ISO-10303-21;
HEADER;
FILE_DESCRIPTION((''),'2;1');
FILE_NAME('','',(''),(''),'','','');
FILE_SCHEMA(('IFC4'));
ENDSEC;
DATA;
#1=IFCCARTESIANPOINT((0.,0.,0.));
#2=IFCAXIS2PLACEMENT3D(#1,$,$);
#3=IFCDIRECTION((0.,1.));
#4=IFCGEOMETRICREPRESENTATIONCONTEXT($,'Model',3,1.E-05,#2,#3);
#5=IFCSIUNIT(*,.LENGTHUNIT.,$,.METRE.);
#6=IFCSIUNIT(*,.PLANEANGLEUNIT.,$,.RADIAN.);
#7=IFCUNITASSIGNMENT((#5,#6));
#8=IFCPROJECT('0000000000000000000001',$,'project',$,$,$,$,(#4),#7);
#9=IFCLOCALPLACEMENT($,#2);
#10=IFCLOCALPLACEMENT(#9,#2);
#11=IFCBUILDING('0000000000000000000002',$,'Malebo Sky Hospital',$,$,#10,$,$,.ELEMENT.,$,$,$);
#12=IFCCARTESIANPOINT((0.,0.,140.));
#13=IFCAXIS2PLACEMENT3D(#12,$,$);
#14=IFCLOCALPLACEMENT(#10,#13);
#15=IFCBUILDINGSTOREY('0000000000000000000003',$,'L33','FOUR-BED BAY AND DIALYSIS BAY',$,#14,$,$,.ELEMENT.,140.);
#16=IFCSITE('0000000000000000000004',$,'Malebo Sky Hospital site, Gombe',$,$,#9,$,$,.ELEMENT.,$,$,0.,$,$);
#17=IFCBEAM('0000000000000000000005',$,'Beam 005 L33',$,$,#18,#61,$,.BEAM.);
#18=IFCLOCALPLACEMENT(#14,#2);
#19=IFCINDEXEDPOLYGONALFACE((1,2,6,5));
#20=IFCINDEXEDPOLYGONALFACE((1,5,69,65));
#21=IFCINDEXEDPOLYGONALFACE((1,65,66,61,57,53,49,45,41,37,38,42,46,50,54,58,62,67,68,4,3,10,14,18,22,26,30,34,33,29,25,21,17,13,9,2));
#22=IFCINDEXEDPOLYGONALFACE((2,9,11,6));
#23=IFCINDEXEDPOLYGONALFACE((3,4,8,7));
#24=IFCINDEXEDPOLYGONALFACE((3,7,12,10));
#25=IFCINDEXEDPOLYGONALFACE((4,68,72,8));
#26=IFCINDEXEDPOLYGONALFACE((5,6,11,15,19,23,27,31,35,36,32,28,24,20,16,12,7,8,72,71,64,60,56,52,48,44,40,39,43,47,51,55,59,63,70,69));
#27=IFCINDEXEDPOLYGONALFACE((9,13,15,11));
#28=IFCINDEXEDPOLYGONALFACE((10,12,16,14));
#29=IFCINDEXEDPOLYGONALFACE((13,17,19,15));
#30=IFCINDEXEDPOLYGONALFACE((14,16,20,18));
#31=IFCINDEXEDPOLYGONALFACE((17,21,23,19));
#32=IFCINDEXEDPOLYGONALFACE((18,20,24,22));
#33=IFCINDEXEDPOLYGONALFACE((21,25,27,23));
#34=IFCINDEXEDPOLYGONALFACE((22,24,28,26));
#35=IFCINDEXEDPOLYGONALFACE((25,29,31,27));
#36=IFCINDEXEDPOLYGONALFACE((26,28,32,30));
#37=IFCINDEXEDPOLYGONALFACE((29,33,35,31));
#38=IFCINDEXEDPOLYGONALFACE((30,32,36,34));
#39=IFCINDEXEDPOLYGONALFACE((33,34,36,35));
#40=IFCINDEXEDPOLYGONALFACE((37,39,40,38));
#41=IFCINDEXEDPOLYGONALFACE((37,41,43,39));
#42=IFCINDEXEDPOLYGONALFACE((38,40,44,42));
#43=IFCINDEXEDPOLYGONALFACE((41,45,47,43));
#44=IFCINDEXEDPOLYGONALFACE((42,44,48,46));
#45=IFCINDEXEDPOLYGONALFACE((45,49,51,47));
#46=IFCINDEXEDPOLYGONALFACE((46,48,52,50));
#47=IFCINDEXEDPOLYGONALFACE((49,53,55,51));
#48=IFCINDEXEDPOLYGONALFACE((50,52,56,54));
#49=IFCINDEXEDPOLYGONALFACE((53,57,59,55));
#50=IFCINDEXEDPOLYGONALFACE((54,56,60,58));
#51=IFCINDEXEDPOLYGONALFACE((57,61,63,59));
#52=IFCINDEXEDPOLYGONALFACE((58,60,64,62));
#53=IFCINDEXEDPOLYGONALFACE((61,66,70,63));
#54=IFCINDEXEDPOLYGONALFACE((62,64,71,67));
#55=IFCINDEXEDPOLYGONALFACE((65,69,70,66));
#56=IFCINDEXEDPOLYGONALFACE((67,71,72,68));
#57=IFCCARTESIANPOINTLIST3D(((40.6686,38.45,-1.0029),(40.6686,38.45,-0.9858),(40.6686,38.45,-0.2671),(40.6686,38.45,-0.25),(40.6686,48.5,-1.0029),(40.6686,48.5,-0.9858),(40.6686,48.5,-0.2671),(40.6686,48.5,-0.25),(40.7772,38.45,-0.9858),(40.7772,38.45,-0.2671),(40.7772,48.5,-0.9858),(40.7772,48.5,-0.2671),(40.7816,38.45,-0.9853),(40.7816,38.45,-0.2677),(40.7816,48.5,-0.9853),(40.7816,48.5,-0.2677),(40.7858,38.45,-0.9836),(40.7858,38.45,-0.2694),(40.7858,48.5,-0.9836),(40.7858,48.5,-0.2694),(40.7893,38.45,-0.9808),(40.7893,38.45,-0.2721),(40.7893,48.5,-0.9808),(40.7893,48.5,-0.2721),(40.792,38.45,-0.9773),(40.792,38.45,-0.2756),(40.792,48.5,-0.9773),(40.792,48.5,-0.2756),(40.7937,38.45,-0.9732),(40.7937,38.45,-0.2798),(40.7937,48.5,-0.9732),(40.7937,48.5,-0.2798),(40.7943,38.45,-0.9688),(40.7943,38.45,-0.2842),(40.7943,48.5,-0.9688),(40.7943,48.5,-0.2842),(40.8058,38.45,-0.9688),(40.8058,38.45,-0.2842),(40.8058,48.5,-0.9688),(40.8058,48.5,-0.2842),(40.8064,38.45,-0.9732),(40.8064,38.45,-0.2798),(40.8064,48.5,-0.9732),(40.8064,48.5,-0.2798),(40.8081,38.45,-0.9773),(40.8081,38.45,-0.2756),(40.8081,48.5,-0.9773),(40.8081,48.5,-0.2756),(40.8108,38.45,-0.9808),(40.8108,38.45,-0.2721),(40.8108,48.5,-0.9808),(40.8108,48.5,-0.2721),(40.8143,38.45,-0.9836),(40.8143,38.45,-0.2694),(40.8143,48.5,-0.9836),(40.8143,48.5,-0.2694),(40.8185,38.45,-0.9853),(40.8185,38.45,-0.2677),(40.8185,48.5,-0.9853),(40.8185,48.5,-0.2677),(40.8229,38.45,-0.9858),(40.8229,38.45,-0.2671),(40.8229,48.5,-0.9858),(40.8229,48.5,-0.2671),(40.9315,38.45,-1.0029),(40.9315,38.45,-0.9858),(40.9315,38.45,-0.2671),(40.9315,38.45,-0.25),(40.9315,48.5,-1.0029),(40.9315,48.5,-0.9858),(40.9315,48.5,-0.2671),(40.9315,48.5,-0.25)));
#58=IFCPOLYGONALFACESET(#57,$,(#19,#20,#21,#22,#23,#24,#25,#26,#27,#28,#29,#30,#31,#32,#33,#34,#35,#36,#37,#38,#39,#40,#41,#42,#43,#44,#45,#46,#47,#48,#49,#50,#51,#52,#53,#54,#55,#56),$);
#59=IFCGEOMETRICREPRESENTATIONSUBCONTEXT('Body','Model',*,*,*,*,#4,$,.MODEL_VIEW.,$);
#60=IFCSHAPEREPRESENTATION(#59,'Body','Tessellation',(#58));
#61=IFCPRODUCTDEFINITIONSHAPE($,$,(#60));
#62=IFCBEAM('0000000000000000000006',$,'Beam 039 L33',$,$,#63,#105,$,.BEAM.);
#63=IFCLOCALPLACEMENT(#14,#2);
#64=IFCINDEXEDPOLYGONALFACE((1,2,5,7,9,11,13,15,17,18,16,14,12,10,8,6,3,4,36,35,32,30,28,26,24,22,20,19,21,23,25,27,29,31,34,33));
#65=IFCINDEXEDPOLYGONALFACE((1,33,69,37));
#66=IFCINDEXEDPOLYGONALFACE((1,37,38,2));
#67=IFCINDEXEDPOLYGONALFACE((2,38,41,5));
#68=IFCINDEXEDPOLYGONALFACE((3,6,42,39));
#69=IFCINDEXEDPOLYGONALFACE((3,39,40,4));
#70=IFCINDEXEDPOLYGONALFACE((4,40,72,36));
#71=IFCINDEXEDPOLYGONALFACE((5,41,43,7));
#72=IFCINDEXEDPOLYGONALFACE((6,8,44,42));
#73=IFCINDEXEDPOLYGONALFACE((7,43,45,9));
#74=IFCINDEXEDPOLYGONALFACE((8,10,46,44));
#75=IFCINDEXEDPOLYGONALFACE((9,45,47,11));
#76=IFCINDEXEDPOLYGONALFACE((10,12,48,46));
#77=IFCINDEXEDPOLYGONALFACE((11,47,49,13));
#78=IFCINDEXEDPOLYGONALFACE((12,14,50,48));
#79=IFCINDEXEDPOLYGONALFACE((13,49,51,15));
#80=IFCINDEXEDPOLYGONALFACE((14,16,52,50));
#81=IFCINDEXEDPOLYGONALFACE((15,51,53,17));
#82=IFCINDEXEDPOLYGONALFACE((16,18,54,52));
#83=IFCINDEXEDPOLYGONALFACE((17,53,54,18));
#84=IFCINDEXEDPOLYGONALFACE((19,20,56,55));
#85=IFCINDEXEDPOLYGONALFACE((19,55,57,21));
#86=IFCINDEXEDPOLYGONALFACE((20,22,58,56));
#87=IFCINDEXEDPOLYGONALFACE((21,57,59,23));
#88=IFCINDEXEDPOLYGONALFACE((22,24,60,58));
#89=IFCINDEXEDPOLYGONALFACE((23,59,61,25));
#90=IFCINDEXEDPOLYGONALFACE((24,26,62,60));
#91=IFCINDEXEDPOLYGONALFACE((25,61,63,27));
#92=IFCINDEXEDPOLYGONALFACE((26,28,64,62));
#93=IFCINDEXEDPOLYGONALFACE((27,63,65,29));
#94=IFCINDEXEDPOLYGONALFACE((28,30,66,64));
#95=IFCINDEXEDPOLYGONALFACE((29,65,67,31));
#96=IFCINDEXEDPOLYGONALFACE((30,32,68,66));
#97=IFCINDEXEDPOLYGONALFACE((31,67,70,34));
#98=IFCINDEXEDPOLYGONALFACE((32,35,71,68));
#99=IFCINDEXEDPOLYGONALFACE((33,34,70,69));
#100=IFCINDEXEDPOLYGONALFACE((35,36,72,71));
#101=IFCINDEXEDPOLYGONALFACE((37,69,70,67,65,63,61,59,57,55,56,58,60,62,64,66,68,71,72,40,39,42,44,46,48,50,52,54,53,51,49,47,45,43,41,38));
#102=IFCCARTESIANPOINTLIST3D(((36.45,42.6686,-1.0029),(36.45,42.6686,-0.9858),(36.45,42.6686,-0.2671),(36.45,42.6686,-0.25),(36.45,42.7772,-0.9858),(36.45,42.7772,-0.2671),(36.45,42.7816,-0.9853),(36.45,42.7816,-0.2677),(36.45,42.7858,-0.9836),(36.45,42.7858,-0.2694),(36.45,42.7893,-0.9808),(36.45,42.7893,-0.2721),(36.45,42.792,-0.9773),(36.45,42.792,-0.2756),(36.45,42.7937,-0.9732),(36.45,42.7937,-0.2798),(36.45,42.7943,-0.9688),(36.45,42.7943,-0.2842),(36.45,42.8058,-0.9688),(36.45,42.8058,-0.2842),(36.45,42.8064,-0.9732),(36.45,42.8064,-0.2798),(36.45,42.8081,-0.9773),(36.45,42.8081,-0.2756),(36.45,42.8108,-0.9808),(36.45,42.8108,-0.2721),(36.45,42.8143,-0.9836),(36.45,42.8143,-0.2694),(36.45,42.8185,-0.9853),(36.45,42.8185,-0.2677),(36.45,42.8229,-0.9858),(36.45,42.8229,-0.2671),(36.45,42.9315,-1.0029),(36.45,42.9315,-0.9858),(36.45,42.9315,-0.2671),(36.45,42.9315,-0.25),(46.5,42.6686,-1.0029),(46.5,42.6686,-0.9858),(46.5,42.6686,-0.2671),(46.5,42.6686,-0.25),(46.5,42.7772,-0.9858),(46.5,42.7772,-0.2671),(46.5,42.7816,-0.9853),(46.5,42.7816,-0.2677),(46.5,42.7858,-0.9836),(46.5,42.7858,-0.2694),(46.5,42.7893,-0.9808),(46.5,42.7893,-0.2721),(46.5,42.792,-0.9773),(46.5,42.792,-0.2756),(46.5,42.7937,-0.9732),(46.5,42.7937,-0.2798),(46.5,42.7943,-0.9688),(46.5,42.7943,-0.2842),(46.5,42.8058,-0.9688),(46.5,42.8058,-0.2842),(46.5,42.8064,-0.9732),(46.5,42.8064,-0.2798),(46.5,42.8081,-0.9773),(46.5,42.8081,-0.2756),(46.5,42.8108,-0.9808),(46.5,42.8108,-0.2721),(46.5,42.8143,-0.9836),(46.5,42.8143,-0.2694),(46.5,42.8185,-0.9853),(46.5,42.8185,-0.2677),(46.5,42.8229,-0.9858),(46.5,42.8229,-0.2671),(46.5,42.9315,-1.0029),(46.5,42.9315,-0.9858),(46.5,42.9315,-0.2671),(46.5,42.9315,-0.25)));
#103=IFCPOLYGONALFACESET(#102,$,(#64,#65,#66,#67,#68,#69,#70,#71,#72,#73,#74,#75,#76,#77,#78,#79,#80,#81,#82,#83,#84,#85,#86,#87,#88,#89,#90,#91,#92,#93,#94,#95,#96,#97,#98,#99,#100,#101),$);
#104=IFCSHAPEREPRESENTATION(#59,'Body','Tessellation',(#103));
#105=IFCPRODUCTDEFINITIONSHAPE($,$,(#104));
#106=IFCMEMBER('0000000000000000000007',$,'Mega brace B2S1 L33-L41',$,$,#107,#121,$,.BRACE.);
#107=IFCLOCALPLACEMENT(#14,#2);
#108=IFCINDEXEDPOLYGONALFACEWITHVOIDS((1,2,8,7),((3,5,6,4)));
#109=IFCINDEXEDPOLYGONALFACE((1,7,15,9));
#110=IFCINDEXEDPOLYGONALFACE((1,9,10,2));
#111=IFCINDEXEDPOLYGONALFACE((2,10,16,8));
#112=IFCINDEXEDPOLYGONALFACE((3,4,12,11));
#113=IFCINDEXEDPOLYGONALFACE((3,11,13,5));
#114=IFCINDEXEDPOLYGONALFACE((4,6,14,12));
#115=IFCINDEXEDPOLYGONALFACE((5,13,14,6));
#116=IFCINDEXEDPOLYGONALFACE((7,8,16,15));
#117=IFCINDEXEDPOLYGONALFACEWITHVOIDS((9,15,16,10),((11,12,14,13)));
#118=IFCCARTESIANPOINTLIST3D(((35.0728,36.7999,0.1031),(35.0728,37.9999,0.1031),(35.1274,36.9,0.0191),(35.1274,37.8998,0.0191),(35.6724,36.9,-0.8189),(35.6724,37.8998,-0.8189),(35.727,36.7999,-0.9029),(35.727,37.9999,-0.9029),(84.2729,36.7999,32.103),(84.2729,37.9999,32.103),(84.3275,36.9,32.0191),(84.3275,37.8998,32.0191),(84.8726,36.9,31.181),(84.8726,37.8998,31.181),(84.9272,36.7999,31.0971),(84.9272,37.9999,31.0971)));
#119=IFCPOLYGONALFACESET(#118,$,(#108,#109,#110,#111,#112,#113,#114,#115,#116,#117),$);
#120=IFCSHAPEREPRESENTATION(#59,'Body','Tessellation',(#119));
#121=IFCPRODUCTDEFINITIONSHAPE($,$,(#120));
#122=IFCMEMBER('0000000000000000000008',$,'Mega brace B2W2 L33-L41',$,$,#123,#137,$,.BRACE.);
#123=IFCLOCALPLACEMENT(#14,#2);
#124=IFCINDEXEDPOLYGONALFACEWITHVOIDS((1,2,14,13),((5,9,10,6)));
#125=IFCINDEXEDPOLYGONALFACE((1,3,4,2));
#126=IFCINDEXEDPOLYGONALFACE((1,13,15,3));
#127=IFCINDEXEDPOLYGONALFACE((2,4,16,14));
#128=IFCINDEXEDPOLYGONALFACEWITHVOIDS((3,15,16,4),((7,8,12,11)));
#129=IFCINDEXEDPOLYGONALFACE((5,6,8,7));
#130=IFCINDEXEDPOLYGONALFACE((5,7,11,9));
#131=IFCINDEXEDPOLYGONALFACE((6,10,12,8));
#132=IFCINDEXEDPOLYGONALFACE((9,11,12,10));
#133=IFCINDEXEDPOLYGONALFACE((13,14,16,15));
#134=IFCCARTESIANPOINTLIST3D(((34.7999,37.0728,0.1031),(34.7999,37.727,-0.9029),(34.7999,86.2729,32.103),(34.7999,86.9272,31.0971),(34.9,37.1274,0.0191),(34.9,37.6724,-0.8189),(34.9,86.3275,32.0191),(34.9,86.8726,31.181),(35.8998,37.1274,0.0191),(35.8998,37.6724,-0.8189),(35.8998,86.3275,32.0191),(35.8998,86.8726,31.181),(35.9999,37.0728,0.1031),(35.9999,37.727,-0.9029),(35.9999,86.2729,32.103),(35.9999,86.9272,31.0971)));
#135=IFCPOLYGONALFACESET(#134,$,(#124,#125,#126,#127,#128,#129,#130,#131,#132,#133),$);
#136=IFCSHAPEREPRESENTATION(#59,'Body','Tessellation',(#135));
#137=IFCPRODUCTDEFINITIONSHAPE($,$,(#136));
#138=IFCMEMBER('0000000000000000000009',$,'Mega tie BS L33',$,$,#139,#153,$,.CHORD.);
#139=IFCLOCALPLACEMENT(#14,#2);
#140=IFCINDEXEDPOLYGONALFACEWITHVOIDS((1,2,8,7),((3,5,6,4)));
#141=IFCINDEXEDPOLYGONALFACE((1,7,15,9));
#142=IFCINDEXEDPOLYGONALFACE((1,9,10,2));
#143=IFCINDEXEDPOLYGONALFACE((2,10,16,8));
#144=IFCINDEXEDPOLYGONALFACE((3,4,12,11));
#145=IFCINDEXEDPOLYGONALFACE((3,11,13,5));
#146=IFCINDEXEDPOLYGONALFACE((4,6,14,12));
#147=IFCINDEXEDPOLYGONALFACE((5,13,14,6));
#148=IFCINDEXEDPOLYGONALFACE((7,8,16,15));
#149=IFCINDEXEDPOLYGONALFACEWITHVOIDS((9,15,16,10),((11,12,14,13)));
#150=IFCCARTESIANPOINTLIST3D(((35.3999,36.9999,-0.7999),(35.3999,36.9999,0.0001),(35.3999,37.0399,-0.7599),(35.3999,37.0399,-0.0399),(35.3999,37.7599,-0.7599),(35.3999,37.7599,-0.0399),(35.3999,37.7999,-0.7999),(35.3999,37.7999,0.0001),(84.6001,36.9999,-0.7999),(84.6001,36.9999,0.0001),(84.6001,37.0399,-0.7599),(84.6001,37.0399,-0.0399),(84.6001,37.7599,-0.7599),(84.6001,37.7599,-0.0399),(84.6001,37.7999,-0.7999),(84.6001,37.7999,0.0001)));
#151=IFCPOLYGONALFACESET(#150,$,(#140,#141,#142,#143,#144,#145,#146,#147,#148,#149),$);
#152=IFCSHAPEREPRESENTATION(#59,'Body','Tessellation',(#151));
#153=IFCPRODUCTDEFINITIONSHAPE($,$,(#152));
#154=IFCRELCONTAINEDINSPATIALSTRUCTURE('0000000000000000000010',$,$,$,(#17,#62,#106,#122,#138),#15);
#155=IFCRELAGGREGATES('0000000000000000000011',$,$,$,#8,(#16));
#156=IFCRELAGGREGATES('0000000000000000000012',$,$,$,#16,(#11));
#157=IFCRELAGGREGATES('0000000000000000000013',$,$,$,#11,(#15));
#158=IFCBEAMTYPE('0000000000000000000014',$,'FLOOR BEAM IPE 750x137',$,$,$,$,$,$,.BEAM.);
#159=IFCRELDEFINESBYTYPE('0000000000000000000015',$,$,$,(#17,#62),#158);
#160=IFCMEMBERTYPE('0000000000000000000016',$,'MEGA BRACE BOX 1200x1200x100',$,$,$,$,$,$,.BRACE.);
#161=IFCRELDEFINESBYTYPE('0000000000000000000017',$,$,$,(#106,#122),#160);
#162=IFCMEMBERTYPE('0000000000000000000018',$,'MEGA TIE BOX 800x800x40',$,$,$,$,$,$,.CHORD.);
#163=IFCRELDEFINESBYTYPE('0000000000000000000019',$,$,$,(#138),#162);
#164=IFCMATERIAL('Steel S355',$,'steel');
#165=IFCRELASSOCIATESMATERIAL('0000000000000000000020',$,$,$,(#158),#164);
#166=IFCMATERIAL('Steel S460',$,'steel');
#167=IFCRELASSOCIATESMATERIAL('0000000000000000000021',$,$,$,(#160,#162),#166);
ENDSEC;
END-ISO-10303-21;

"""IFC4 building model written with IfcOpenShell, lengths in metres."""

from ifc_helpers import new_model, si_unit, direction, frame, origin, origin_2d, place, context, subcontext, project, spatial, hollow_rectangle, i_section, extrude, material, material_profile, profile_set, type_object, element, save


model = new_model("IFC4")

# Units and contexts
model_context = context("Model", 3, precision=1e-05, world=origin(), true_north=direction((0.0, 1.0)))
body_context = subcontext(model_context, "Body", "Model", "MODEL_VIEW")
ifc_project = project(units=[si_unit("LENGTHUNIT", "METRE"), si_unit("PLANEANGLEUNIT", "RADIAN")], contexts=[model_context])

# Site, building, storey
site_placement = place(None, origin())
site = spatial("IfcSite", under=ifc_project, at=site_placement, Name="Malebo Sky Hospital site, Gombe", CompositionType="ELEMENT", RefElevation=0.0)
building_placement = place(site_placement, origin())
building = spatial("IfcBuilding", under=site, at=building_placement, Name="Malebo Sky Hospital", CompositionType="ELEMENT")
storey_placement = place(building_placement, frame((0.0, 0.0, 140.0)))
storey = spatial("IfcBuildingStorey", under=building, at=storey_placement, Name="L33", Description="FOUR-BED BAY AND DIALYSIS BAY", CompositionType="ELEMENT", Elevation=140.0)

# Shared definitions
ifc_material_1 = material(Name="Steel S460", Category="steel")

# Beams
ifc_material_2 = material(Name="Steel S355", Category="steel")
ifc_material_profile_1 = material_profile(ifc_material_2, i_section(OverallWidth=0.2629, OverallDepth=0.7529, WebThickness=0.0115, FlangeThickness=0.0171, FilletRadius=0.0171, at=origin_2d()), Name="IPE 750x137")
ifc_profile_set_1 = profile_set([ifc_material_profile_1], Name="Steel S355")
beam_type_1 = type_object("IfcBeamType", Name="FLOOR BEAM IPE 750x137", PredefinedType="BEAM", material=ifc_profile_set_1)
for number, where, z_axis, x_axis, name in (
    (1, (40.8, 38.45, -0.6265), (0.0, 1.0, 0.0), (-1.0, 0.0, 0.0), "Beam 005 L33"),
    (2, (36.45, 42.8, -0.6265), (1.0, 0.0, 0.0), (0.0, 1.0, 0.0), "Beam 039 L33"),
):
    element("IfcBeam", number, at=place(storey_placement, frame(where, z_axis=z_axis, x_axis=x_axis)), inside=storey, type_object=beam_type_1, Name=name, PredefinedType="BEAM", context=body_context, shape_type="SweptSolid", body=[
        extrude(i_section(OverallWidth=0.2629, OverallDepth=0.7529, WebThickness=0.0115, FlangeThickness=0.0171, FilletRadius=0.0171, at=origin_2d()), origin(), (0.0, 0.0, 1.0), 10.05),
    ])

# Members
ifc_material_profile_2 = material_profile(ifc_material_1, hollow_rectangle(XDim=1.2, YDim=1.2, WallThickness=0.1001, at=origin_2d()), Name="BOX 1200x1200x100")
ifc_profile_set_2 = profile_set([ifc_material_profile_2], Name="Steel S460")
member_type_1 = type_object("IfcMemberType", Name="MEGA BRACE BOX 1200x1200x100", PredefinedType="BRACE", material=ifc_profile_set_2)
for number, where, z_axis, x_axis, name in (
    (3, (35.3999, 37.3999, -0.3999), (0.838289, 0.0, 0.545226), (0.0, 1.0, 0.0), "Mega brace B2S1 L33-L41"),
    (4, (35.3999, 37.3999, -0.3999), (0.0, 0.838289, 0.545226), (-1.0, 0.0, 0.0), "Mega brace B2W2 L33-L41"),
):
    element("IfcMember", number, at=place(storey_placement, frame(where, z_axis=z_axis, x_axis=x_axis)), inside=storey, type_object=member_type_1, Name=name, PredefinedType="BRACE", context=body_context, shape_type="SweptSolid", body=[
        extrude(hollow_rectangle(XDim=1.2, YDim=1.2, WallThickness=0.1001, at=origin_2d()), origin(), (0.0, 0.0, 1.0), 58.6912),
    ])
ifc_material_profile_3 = material_profile(ifc_material_1, hollow_rectangle(XDim=0.8, YDim=0.8, WallThickness=0.04, at=origin_2d()), Name="BOX 800x800x40")
ifc_profile_set_3 = profile_set([ifc_material_profile_3], Name="Steel S460")
member_type_2 = type_object("IfcMemberType", Name="MEGA TIE BOX 800x800x40", PredefinedType="CHORD", material=ifc_profile_set_3)
member_1_placement = place(storey_placement, frame((35.3999, 37.3999, -0.3999), z_axis=(1.0, 0.0, 0.0), x_axis=(0.0, 1.0, 0.0)))
element("IfcMember", 5, at=member_1_placement, inside=storey, type_object=member_type_2, Name="Mega tie BS L33", PredefinedType="CHORD", context=body_context, shape_type="SweptSolid", body=[
    extrude(hollow_rectangle(XDim=0.8, YDim=0.8, WallThickness=0.04, at=origin_2d()), origin(), (0.0, 0.0, 1.0), 49.2002),
])

save(model, "model.ifc")
